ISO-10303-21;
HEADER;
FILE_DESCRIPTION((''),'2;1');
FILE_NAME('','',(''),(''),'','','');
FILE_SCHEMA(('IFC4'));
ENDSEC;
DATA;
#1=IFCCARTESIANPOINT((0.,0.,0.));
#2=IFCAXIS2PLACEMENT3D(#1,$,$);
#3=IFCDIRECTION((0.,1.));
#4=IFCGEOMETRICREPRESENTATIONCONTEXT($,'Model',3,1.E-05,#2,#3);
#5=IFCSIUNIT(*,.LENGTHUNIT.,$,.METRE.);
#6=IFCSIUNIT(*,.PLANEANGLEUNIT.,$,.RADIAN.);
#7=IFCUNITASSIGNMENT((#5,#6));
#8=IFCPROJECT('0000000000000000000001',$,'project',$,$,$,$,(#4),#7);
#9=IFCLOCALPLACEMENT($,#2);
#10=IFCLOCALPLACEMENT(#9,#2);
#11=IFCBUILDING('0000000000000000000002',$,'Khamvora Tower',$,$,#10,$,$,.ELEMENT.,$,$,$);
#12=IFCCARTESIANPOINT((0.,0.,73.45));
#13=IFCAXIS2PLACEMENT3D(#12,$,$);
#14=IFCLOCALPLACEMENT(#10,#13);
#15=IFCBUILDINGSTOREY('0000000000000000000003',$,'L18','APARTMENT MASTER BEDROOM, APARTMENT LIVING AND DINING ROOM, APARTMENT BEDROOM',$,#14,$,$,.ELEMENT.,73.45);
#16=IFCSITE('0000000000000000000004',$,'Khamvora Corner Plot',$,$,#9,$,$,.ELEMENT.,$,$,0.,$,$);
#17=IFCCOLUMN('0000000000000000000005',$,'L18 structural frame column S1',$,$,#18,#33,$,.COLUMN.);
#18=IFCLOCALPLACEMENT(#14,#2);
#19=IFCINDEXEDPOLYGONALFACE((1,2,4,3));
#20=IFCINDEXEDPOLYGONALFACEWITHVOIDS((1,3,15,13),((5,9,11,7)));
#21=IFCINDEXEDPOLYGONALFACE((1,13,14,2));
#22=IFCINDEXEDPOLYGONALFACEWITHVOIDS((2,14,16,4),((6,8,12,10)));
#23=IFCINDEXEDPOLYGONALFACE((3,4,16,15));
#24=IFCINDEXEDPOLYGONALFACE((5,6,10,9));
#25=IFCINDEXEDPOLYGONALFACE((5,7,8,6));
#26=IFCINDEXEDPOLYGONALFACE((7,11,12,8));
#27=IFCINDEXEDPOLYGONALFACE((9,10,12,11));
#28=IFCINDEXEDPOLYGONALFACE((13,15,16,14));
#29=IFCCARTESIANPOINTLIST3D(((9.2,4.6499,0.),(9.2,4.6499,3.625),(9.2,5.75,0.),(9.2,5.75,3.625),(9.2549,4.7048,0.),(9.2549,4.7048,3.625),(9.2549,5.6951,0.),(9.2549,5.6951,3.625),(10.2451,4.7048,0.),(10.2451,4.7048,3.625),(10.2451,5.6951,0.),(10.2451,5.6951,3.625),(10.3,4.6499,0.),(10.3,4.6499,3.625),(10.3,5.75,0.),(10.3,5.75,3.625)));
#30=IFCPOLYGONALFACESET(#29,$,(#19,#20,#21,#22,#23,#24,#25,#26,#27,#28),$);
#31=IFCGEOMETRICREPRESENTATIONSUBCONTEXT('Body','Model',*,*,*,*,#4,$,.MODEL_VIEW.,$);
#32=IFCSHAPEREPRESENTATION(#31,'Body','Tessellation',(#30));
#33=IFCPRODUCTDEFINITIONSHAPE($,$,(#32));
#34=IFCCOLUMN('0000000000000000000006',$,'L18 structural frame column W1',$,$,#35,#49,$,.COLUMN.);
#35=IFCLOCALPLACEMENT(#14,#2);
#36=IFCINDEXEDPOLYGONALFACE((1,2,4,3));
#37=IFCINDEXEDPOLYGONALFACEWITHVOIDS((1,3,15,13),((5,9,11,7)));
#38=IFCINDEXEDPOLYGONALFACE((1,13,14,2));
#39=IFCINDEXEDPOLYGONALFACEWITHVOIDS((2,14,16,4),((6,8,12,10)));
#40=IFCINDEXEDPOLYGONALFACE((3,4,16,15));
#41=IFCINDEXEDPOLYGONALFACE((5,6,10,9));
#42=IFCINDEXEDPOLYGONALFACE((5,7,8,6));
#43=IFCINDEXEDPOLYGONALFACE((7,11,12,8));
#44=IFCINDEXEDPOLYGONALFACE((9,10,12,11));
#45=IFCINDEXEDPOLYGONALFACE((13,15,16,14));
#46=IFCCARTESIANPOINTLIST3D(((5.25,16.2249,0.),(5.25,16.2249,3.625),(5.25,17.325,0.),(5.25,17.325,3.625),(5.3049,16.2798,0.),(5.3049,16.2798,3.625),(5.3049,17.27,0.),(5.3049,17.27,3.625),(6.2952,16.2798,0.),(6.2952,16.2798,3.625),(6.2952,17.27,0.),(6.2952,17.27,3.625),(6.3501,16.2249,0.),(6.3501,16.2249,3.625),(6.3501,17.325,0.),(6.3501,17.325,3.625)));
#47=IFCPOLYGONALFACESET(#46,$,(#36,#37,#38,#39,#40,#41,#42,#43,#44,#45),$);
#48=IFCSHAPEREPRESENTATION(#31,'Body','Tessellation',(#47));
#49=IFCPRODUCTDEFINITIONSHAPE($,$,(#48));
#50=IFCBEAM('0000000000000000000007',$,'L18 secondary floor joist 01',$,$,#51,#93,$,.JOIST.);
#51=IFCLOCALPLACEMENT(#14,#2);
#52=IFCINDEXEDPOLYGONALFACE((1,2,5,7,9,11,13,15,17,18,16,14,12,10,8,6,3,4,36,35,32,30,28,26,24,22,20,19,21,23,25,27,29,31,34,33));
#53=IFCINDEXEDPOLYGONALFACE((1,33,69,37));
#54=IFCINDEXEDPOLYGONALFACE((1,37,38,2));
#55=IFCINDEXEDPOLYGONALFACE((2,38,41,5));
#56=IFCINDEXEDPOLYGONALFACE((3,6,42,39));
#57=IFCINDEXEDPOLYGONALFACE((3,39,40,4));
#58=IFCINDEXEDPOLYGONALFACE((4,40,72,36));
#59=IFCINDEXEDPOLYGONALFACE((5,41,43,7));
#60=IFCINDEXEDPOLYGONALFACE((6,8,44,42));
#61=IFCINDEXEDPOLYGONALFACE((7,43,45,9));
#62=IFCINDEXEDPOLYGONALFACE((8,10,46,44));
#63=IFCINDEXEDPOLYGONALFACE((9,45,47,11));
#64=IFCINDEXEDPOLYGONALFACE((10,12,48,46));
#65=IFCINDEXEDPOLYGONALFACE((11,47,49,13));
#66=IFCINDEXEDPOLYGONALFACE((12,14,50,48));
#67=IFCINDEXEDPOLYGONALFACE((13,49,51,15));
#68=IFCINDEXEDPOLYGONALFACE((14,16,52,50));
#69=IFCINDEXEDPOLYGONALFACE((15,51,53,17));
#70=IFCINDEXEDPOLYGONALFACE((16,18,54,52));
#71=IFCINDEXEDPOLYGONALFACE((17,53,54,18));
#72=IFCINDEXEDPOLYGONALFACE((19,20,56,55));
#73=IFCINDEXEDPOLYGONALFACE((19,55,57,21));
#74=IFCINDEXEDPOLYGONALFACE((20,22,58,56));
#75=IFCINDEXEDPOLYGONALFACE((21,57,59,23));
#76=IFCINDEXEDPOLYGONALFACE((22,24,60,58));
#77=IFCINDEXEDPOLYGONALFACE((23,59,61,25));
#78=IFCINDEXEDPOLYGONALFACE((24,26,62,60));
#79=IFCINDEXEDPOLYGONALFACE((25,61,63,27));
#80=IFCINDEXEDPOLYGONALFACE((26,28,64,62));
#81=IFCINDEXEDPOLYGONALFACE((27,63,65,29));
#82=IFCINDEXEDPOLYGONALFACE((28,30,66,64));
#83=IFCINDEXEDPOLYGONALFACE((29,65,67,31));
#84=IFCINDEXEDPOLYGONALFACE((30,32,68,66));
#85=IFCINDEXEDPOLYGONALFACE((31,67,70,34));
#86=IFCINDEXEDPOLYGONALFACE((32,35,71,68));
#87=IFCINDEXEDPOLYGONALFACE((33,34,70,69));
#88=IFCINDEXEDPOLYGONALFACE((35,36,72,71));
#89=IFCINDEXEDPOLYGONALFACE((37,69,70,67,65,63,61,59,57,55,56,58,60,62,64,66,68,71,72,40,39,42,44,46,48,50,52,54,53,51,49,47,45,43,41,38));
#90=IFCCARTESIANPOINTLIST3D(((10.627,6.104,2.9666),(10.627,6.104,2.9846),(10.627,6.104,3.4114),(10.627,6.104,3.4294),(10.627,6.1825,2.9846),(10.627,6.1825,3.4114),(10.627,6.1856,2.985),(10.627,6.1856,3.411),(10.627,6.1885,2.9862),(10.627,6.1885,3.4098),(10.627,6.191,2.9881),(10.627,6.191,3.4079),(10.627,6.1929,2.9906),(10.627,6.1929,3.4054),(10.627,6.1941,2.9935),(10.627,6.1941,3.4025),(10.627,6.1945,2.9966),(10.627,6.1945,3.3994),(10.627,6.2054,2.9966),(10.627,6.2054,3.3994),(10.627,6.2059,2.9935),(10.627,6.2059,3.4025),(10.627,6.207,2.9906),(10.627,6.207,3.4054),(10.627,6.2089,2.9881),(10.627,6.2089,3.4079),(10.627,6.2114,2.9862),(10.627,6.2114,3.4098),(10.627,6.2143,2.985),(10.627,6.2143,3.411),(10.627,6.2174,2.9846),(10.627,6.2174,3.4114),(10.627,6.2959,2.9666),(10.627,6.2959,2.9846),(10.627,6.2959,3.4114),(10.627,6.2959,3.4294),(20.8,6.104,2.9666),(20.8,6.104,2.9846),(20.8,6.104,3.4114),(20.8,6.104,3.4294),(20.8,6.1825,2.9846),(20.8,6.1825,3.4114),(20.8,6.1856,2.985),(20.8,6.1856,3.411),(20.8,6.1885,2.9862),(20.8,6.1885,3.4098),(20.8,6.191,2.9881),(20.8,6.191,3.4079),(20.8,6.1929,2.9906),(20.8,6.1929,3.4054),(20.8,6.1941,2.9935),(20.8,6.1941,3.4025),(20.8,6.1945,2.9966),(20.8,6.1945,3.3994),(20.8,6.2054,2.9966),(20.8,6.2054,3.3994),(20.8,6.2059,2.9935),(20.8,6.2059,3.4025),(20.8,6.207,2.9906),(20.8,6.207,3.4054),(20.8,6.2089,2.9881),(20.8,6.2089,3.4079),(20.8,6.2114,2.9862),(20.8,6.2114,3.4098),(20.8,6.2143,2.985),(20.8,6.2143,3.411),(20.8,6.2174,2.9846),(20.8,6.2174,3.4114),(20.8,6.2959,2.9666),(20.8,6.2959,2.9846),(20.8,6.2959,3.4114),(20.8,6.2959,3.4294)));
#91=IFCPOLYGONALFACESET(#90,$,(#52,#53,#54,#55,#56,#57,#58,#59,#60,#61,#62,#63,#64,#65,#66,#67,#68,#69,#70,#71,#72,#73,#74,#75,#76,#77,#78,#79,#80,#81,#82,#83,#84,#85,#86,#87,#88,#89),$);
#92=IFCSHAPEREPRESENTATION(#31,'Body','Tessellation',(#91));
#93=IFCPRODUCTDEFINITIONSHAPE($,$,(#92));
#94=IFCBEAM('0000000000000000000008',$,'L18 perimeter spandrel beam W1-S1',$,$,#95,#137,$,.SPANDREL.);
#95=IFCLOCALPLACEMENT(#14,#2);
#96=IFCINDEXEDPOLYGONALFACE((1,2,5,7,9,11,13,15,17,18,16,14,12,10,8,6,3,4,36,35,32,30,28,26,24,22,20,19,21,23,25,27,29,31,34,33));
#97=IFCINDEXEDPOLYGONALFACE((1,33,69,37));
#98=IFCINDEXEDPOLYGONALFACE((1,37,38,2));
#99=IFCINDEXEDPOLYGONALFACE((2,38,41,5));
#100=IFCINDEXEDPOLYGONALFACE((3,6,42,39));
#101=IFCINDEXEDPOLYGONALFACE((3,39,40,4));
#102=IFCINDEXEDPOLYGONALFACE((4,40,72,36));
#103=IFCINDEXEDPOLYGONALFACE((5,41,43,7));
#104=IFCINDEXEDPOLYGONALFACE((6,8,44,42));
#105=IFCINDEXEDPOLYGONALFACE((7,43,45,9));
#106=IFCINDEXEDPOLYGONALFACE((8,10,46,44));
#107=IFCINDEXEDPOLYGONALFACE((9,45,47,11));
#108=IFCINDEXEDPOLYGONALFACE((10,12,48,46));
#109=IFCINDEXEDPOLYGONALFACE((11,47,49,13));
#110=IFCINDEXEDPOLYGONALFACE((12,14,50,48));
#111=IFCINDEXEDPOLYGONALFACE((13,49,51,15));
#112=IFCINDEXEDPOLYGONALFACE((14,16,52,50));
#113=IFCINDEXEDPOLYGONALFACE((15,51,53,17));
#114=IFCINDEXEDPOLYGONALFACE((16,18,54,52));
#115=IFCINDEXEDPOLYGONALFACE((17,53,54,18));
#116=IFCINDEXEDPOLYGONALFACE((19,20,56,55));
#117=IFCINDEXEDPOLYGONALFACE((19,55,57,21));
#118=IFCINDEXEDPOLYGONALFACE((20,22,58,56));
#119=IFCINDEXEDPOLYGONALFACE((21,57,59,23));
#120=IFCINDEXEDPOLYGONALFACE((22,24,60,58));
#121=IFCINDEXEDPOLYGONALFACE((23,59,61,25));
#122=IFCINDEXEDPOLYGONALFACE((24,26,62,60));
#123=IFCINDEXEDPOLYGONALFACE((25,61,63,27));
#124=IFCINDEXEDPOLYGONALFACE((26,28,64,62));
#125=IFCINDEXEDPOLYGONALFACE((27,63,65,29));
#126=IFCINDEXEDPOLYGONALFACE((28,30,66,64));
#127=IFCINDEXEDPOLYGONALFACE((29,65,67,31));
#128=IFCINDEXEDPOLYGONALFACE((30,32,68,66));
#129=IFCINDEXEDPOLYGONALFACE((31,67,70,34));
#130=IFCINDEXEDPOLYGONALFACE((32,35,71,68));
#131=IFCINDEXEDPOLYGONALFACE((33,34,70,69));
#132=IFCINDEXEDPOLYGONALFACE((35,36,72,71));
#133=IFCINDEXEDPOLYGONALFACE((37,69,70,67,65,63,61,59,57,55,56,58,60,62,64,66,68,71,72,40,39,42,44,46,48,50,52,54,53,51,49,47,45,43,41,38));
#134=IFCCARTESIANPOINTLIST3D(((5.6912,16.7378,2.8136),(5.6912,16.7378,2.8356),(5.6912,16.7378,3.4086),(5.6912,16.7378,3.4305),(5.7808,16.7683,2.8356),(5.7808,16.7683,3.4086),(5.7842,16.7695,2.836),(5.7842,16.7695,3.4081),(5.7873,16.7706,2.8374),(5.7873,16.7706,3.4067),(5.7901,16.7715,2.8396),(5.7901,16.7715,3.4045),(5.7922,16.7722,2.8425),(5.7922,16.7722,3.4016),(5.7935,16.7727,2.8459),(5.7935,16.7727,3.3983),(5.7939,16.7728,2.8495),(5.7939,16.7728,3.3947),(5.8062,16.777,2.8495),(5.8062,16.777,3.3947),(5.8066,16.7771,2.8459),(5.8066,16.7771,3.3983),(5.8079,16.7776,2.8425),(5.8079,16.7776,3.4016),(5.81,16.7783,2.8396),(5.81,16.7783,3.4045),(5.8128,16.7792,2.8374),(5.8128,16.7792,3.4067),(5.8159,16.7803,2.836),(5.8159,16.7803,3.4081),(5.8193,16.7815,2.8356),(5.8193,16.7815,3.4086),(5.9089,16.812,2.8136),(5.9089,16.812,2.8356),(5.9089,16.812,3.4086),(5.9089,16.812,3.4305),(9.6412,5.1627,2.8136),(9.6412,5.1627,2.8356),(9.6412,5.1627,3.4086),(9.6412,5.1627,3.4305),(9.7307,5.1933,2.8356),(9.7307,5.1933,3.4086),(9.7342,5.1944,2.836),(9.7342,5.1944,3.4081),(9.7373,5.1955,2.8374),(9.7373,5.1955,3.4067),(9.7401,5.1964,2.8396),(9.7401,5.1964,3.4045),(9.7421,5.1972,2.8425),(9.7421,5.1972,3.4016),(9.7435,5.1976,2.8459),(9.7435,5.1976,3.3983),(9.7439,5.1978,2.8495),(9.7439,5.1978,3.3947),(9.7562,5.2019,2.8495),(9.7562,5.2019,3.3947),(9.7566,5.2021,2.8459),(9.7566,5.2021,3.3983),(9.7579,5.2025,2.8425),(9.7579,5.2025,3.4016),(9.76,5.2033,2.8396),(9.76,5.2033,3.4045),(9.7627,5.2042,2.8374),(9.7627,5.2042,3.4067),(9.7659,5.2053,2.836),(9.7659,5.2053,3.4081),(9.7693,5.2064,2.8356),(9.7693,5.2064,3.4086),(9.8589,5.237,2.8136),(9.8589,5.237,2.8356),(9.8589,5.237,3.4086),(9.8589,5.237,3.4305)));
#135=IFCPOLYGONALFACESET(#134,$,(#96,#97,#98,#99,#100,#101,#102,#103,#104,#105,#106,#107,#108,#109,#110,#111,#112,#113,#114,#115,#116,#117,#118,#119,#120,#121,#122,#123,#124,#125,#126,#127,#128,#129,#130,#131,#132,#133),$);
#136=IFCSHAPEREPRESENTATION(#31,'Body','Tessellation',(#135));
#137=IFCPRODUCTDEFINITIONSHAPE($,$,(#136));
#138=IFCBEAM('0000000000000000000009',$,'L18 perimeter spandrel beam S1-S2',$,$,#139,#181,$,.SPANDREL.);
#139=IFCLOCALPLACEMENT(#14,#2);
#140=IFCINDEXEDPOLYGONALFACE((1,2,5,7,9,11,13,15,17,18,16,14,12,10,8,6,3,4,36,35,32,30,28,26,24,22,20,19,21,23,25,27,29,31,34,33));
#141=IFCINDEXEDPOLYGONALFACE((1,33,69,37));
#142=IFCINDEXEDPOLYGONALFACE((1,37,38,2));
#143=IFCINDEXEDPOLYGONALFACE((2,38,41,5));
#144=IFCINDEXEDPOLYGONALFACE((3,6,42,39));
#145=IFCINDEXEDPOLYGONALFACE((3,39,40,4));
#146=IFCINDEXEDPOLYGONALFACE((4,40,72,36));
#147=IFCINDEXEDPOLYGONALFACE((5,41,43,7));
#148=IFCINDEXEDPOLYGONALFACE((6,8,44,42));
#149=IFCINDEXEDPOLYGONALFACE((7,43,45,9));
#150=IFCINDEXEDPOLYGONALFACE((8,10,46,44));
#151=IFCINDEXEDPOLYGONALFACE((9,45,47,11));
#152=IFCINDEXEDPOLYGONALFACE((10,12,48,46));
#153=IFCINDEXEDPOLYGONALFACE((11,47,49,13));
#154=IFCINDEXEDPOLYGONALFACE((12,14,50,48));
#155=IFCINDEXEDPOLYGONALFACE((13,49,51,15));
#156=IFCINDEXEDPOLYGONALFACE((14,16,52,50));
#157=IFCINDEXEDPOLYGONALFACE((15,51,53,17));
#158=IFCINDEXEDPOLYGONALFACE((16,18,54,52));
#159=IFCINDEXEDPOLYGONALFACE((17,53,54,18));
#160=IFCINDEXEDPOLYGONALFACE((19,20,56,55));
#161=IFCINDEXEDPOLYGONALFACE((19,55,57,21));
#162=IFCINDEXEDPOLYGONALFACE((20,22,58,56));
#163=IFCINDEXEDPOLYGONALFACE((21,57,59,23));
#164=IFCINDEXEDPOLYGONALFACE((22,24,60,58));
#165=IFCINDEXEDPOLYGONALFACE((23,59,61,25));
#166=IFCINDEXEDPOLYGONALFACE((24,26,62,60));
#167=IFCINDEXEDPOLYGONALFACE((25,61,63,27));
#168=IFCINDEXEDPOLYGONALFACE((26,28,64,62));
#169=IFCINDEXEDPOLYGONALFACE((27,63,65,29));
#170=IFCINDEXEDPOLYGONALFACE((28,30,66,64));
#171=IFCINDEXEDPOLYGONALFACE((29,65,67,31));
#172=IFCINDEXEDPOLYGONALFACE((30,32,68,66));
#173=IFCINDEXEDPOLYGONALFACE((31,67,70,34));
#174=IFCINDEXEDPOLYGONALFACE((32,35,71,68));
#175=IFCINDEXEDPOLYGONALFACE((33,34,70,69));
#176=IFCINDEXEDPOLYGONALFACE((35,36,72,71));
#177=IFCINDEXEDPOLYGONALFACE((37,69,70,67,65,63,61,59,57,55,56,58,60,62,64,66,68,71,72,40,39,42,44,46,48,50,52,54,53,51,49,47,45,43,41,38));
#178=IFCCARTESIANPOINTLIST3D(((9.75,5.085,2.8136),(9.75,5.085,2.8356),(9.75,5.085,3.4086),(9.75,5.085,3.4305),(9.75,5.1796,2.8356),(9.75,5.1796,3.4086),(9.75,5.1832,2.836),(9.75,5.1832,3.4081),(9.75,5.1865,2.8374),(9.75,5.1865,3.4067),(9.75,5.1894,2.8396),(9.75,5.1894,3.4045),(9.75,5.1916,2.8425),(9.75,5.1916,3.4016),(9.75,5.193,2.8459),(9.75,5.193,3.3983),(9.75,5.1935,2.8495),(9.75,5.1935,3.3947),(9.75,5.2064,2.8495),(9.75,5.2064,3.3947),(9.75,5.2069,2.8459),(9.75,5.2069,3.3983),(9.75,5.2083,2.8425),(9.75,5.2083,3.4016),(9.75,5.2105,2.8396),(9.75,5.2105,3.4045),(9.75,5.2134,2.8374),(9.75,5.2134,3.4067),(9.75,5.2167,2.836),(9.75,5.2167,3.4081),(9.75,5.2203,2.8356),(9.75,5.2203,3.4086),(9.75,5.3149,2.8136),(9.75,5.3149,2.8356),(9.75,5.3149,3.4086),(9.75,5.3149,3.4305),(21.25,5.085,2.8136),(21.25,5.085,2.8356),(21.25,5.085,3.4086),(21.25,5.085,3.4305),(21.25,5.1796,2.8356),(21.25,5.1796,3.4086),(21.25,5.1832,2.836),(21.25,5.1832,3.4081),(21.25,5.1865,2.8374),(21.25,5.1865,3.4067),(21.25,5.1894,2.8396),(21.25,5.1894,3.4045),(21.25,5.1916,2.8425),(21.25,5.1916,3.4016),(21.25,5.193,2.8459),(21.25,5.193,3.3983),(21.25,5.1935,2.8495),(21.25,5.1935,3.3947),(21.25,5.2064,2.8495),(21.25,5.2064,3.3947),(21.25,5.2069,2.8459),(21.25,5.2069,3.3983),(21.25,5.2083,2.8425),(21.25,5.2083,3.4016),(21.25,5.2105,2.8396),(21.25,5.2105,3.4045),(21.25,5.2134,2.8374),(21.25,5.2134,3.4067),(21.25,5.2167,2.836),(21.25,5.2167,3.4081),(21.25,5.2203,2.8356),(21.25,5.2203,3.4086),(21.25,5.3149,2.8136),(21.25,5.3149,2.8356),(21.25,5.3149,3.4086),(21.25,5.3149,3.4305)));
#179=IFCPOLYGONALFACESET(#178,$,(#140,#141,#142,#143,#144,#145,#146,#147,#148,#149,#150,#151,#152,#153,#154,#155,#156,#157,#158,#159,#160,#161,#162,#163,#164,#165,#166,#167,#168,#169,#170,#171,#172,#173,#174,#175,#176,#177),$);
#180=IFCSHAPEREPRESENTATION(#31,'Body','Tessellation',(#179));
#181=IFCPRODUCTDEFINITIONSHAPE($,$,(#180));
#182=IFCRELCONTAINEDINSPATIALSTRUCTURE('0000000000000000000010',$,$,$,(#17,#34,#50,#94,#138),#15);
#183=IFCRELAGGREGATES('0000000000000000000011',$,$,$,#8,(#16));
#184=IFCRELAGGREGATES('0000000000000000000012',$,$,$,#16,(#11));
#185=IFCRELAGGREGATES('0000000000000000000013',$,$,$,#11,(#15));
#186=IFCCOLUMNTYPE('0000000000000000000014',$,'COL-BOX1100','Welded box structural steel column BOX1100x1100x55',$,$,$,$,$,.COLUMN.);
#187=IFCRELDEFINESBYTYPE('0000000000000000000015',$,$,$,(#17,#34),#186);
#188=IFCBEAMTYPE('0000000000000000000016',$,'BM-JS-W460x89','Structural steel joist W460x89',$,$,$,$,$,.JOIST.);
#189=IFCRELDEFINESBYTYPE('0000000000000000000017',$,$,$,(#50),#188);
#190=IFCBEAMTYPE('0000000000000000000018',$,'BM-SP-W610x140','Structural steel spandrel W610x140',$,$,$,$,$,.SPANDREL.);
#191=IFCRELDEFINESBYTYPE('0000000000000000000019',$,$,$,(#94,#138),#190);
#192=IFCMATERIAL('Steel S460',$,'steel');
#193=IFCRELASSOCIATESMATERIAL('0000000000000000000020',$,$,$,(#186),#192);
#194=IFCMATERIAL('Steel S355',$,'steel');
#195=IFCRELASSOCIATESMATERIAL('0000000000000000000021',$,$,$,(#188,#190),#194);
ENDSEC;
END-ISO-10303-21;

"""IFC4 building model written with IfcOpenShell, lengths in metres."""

from ifc_helpers import new_model, si_unit, direction, frame, origin, origin_2d, place, context, subcontext, project, spatial, hollow_rectangle, i_section, extrude, material, material_profile, profile_set, type_object, element, save


model = new_model("IFC4")

# Units and contexts
model_context = context("Model", 3, precision=1e-05, world=origin(), true_north=direction((0.0, 1.0)))
body_context = subcontext(model_context, "Body", "Model", "MODEL_VIEW")
ifc_project = project(units=[si_unit("LENGTHUNIT", "METRE"), si_unit("PLANEANGLEUNIT", "RADIAN")], contexts=[model_context])

# Site, building, storey
site_placement = place(None, origin())
site = spatial("IfcSite", under=ifc_project, at=site_placement, Name="Khamvora Corner Plot", CompositionType="ELEMENT", RefElevation=0.0)
building_placement = place(site_placement, origin())
building = spatial("IfcBuilding", under=site, at=building_placement, Name="Khamvora Tower", CompositionType="ELEMENT")
storey_placement = place(building_placement, frame((0.0, 0.0, 73.45)))
storey = spatial("IfcBuildingStorey", under=building, at=storey_placement, Name="L18", Description="APARTMENT MASTER BEDROOM, APARTMENT LIVING AND DINING ROOM, APARTMENT BEDROOM", CompositionType="ELEMENT", Elevation=73.45)

# Columns
ifc_material_1 = material(Name="Steel S460", Category="steel")
ifc_material_profile_1 = material_profile(ifc_material_1, hollow_rectangle(XDim=1.1001, YDim=1.1001, WallThickness=0.0549, at=origin_2d()), Name="BOX1100x1100x55")
ifc_profile_set_1 = profile_set([ifc_material_profile_1], Name="Steel S460")
column_type = type_object("IfcColumnType", Name="COL-BOX1100", Description="Welded box structural steel column BOX1100x1100x55", PredefinedType="COLUMN", material=ifc_profile_set_1)
for number, where, z_axis, x_axis, name in (
    (1, (9.75, 5.2, 0.0), (0.0, 0.0, 1.0), (1.0, 0.0, 0.0), "L18 structural frame column S1"),
    (2, (5.8, 16.7749, 0.0), (0.0, 0.0, 1.0), (1.0, 0.0, 0.0), "L18 structural frame column W1"),
):
    element("IfcColumn", number, at=place(storey_placement, frame(where, z_axis=z_axis, x_axis=x_axis)), inside=storey, type_object=column_type, Name=name, PredefinedType="COLUMN", context=body_context, shape_type="SweptSolid", body=[
        extrude(hollow_rectangle(XDim=1.1001, YDim=1.1001, WallThickness=0.0549, at=origin_2d()), origin(), (0.0, 0.0, 1.0), 3.625),
    ])

# Beams
ifc_material_2 = material(Name="Steel S355", Category="steel")
ifc_material_profile_2 = material_profile(ifc_material_2, i_section(OverallWidth=0.1919, OverallDepth=0.4629, WebThickness=0.011, FlangeThickness=0.0181, FilletRadius=0.012, at=origin_2d()), Name="W460x89")
ifc_profile_set_2 = profile_set([ifc_material_profile_2], Name="Steel S355")
beam_type_1 = type_object("IfcBeamType", Name="BM-JS-W460x89", Description="Structural steel joist W460x89", PredefinedType="JOIST", material=ifc_profile_set_2)
beam_1_placement = place(storey_placement, frame((10.627, 6.2, 3.198), z_axis=(1.0, 0.0, 0.0), x_axis=(0.0, 1.0, 0.0)))
element("IfcBeam", 3, at=beam_1_placement, inside=storey, type_object=beam_type_1, Name="L18 secondary floor joist 01", PredefinedType="JOIST", context=body_context, shape_type="SweptSolid", body=[
    extrude(i_section(OverallWidth=0.1919, OverallDepth=0.4629, WebThickness=0.011, FlangeThickness=0.0181, FilletRadius=0.012, at=origin_2d()), origin(), (0.0, 0.0, 1.0), 10.1731),
])
ifc_material_profile_3 = material_profile(ifc_material_2, i_section(OverallWidth=0.23, OverallDepth=0.6169, WebThickness=0.0129, FlangeThickness=0.022, FilletRadius=0.0139, at=origin_2d()), Name="W610x140")
ifc_profile_set_3 = profile_set([ifc_material_profile_3], Name="Steel S355")
beam_type_2 = type_object("IfcBeamType", Name="BM-SP-W610x140", Description="Structural steel spandrel W610x140", PredefinedType="SPANDREL", material=ifc_profile_set_3)
beam_2_placement = place(storey_placement, frame((5.8, 16.7749, 3.1221), z_axis=(0.322963, -0.946412, 0.0), x_axis=(0.946412, 0.322963, 0.0)))
element("IfcBeam", 4, at=beam_2_placement, inside=storey, type_object=beam_type_2, Name="L18 perimeter spandrel beam W1-S1", PredefinedType="SPANDREL", context=body_context, shape_type="SweptSolid", body=[
    extrude(i_section(OverallWidth=0.23, OverallDepth=0.6169, WebThickness=0.0129, FlangeThickness=0.022, FilletRadius=0.0139, at=origin_2d()), origin(), (0.0, 0.0, 1.0), 12.2305),
])
beam_3_placement = place(storey_placement, frame((9.75, 5.2, 3.1221), z_axis=(1.0, 0.0, 0.0), x_axis=(0.0, 1.0, 0.0)))
element("IfcBeam", 5, at=beam_3_placement, inside=storey, type_object=beam_type_2, Name="L18 perimeter spandrel beam S1-S2", PredefinedType="SPANDREL", context=body_context, shape_type="SweptSolid", body=[
    extrude(i_section(OverallWidth=0.23, OverallDepth=0.6169, WebThickness=0.0129, FlangeThickness=0.022, FilletRadius=0.0139, at=origin_2d()), origin(), (0.0, 0.0, 1.0), 11.5),
])

save(model, "model.ifc")
